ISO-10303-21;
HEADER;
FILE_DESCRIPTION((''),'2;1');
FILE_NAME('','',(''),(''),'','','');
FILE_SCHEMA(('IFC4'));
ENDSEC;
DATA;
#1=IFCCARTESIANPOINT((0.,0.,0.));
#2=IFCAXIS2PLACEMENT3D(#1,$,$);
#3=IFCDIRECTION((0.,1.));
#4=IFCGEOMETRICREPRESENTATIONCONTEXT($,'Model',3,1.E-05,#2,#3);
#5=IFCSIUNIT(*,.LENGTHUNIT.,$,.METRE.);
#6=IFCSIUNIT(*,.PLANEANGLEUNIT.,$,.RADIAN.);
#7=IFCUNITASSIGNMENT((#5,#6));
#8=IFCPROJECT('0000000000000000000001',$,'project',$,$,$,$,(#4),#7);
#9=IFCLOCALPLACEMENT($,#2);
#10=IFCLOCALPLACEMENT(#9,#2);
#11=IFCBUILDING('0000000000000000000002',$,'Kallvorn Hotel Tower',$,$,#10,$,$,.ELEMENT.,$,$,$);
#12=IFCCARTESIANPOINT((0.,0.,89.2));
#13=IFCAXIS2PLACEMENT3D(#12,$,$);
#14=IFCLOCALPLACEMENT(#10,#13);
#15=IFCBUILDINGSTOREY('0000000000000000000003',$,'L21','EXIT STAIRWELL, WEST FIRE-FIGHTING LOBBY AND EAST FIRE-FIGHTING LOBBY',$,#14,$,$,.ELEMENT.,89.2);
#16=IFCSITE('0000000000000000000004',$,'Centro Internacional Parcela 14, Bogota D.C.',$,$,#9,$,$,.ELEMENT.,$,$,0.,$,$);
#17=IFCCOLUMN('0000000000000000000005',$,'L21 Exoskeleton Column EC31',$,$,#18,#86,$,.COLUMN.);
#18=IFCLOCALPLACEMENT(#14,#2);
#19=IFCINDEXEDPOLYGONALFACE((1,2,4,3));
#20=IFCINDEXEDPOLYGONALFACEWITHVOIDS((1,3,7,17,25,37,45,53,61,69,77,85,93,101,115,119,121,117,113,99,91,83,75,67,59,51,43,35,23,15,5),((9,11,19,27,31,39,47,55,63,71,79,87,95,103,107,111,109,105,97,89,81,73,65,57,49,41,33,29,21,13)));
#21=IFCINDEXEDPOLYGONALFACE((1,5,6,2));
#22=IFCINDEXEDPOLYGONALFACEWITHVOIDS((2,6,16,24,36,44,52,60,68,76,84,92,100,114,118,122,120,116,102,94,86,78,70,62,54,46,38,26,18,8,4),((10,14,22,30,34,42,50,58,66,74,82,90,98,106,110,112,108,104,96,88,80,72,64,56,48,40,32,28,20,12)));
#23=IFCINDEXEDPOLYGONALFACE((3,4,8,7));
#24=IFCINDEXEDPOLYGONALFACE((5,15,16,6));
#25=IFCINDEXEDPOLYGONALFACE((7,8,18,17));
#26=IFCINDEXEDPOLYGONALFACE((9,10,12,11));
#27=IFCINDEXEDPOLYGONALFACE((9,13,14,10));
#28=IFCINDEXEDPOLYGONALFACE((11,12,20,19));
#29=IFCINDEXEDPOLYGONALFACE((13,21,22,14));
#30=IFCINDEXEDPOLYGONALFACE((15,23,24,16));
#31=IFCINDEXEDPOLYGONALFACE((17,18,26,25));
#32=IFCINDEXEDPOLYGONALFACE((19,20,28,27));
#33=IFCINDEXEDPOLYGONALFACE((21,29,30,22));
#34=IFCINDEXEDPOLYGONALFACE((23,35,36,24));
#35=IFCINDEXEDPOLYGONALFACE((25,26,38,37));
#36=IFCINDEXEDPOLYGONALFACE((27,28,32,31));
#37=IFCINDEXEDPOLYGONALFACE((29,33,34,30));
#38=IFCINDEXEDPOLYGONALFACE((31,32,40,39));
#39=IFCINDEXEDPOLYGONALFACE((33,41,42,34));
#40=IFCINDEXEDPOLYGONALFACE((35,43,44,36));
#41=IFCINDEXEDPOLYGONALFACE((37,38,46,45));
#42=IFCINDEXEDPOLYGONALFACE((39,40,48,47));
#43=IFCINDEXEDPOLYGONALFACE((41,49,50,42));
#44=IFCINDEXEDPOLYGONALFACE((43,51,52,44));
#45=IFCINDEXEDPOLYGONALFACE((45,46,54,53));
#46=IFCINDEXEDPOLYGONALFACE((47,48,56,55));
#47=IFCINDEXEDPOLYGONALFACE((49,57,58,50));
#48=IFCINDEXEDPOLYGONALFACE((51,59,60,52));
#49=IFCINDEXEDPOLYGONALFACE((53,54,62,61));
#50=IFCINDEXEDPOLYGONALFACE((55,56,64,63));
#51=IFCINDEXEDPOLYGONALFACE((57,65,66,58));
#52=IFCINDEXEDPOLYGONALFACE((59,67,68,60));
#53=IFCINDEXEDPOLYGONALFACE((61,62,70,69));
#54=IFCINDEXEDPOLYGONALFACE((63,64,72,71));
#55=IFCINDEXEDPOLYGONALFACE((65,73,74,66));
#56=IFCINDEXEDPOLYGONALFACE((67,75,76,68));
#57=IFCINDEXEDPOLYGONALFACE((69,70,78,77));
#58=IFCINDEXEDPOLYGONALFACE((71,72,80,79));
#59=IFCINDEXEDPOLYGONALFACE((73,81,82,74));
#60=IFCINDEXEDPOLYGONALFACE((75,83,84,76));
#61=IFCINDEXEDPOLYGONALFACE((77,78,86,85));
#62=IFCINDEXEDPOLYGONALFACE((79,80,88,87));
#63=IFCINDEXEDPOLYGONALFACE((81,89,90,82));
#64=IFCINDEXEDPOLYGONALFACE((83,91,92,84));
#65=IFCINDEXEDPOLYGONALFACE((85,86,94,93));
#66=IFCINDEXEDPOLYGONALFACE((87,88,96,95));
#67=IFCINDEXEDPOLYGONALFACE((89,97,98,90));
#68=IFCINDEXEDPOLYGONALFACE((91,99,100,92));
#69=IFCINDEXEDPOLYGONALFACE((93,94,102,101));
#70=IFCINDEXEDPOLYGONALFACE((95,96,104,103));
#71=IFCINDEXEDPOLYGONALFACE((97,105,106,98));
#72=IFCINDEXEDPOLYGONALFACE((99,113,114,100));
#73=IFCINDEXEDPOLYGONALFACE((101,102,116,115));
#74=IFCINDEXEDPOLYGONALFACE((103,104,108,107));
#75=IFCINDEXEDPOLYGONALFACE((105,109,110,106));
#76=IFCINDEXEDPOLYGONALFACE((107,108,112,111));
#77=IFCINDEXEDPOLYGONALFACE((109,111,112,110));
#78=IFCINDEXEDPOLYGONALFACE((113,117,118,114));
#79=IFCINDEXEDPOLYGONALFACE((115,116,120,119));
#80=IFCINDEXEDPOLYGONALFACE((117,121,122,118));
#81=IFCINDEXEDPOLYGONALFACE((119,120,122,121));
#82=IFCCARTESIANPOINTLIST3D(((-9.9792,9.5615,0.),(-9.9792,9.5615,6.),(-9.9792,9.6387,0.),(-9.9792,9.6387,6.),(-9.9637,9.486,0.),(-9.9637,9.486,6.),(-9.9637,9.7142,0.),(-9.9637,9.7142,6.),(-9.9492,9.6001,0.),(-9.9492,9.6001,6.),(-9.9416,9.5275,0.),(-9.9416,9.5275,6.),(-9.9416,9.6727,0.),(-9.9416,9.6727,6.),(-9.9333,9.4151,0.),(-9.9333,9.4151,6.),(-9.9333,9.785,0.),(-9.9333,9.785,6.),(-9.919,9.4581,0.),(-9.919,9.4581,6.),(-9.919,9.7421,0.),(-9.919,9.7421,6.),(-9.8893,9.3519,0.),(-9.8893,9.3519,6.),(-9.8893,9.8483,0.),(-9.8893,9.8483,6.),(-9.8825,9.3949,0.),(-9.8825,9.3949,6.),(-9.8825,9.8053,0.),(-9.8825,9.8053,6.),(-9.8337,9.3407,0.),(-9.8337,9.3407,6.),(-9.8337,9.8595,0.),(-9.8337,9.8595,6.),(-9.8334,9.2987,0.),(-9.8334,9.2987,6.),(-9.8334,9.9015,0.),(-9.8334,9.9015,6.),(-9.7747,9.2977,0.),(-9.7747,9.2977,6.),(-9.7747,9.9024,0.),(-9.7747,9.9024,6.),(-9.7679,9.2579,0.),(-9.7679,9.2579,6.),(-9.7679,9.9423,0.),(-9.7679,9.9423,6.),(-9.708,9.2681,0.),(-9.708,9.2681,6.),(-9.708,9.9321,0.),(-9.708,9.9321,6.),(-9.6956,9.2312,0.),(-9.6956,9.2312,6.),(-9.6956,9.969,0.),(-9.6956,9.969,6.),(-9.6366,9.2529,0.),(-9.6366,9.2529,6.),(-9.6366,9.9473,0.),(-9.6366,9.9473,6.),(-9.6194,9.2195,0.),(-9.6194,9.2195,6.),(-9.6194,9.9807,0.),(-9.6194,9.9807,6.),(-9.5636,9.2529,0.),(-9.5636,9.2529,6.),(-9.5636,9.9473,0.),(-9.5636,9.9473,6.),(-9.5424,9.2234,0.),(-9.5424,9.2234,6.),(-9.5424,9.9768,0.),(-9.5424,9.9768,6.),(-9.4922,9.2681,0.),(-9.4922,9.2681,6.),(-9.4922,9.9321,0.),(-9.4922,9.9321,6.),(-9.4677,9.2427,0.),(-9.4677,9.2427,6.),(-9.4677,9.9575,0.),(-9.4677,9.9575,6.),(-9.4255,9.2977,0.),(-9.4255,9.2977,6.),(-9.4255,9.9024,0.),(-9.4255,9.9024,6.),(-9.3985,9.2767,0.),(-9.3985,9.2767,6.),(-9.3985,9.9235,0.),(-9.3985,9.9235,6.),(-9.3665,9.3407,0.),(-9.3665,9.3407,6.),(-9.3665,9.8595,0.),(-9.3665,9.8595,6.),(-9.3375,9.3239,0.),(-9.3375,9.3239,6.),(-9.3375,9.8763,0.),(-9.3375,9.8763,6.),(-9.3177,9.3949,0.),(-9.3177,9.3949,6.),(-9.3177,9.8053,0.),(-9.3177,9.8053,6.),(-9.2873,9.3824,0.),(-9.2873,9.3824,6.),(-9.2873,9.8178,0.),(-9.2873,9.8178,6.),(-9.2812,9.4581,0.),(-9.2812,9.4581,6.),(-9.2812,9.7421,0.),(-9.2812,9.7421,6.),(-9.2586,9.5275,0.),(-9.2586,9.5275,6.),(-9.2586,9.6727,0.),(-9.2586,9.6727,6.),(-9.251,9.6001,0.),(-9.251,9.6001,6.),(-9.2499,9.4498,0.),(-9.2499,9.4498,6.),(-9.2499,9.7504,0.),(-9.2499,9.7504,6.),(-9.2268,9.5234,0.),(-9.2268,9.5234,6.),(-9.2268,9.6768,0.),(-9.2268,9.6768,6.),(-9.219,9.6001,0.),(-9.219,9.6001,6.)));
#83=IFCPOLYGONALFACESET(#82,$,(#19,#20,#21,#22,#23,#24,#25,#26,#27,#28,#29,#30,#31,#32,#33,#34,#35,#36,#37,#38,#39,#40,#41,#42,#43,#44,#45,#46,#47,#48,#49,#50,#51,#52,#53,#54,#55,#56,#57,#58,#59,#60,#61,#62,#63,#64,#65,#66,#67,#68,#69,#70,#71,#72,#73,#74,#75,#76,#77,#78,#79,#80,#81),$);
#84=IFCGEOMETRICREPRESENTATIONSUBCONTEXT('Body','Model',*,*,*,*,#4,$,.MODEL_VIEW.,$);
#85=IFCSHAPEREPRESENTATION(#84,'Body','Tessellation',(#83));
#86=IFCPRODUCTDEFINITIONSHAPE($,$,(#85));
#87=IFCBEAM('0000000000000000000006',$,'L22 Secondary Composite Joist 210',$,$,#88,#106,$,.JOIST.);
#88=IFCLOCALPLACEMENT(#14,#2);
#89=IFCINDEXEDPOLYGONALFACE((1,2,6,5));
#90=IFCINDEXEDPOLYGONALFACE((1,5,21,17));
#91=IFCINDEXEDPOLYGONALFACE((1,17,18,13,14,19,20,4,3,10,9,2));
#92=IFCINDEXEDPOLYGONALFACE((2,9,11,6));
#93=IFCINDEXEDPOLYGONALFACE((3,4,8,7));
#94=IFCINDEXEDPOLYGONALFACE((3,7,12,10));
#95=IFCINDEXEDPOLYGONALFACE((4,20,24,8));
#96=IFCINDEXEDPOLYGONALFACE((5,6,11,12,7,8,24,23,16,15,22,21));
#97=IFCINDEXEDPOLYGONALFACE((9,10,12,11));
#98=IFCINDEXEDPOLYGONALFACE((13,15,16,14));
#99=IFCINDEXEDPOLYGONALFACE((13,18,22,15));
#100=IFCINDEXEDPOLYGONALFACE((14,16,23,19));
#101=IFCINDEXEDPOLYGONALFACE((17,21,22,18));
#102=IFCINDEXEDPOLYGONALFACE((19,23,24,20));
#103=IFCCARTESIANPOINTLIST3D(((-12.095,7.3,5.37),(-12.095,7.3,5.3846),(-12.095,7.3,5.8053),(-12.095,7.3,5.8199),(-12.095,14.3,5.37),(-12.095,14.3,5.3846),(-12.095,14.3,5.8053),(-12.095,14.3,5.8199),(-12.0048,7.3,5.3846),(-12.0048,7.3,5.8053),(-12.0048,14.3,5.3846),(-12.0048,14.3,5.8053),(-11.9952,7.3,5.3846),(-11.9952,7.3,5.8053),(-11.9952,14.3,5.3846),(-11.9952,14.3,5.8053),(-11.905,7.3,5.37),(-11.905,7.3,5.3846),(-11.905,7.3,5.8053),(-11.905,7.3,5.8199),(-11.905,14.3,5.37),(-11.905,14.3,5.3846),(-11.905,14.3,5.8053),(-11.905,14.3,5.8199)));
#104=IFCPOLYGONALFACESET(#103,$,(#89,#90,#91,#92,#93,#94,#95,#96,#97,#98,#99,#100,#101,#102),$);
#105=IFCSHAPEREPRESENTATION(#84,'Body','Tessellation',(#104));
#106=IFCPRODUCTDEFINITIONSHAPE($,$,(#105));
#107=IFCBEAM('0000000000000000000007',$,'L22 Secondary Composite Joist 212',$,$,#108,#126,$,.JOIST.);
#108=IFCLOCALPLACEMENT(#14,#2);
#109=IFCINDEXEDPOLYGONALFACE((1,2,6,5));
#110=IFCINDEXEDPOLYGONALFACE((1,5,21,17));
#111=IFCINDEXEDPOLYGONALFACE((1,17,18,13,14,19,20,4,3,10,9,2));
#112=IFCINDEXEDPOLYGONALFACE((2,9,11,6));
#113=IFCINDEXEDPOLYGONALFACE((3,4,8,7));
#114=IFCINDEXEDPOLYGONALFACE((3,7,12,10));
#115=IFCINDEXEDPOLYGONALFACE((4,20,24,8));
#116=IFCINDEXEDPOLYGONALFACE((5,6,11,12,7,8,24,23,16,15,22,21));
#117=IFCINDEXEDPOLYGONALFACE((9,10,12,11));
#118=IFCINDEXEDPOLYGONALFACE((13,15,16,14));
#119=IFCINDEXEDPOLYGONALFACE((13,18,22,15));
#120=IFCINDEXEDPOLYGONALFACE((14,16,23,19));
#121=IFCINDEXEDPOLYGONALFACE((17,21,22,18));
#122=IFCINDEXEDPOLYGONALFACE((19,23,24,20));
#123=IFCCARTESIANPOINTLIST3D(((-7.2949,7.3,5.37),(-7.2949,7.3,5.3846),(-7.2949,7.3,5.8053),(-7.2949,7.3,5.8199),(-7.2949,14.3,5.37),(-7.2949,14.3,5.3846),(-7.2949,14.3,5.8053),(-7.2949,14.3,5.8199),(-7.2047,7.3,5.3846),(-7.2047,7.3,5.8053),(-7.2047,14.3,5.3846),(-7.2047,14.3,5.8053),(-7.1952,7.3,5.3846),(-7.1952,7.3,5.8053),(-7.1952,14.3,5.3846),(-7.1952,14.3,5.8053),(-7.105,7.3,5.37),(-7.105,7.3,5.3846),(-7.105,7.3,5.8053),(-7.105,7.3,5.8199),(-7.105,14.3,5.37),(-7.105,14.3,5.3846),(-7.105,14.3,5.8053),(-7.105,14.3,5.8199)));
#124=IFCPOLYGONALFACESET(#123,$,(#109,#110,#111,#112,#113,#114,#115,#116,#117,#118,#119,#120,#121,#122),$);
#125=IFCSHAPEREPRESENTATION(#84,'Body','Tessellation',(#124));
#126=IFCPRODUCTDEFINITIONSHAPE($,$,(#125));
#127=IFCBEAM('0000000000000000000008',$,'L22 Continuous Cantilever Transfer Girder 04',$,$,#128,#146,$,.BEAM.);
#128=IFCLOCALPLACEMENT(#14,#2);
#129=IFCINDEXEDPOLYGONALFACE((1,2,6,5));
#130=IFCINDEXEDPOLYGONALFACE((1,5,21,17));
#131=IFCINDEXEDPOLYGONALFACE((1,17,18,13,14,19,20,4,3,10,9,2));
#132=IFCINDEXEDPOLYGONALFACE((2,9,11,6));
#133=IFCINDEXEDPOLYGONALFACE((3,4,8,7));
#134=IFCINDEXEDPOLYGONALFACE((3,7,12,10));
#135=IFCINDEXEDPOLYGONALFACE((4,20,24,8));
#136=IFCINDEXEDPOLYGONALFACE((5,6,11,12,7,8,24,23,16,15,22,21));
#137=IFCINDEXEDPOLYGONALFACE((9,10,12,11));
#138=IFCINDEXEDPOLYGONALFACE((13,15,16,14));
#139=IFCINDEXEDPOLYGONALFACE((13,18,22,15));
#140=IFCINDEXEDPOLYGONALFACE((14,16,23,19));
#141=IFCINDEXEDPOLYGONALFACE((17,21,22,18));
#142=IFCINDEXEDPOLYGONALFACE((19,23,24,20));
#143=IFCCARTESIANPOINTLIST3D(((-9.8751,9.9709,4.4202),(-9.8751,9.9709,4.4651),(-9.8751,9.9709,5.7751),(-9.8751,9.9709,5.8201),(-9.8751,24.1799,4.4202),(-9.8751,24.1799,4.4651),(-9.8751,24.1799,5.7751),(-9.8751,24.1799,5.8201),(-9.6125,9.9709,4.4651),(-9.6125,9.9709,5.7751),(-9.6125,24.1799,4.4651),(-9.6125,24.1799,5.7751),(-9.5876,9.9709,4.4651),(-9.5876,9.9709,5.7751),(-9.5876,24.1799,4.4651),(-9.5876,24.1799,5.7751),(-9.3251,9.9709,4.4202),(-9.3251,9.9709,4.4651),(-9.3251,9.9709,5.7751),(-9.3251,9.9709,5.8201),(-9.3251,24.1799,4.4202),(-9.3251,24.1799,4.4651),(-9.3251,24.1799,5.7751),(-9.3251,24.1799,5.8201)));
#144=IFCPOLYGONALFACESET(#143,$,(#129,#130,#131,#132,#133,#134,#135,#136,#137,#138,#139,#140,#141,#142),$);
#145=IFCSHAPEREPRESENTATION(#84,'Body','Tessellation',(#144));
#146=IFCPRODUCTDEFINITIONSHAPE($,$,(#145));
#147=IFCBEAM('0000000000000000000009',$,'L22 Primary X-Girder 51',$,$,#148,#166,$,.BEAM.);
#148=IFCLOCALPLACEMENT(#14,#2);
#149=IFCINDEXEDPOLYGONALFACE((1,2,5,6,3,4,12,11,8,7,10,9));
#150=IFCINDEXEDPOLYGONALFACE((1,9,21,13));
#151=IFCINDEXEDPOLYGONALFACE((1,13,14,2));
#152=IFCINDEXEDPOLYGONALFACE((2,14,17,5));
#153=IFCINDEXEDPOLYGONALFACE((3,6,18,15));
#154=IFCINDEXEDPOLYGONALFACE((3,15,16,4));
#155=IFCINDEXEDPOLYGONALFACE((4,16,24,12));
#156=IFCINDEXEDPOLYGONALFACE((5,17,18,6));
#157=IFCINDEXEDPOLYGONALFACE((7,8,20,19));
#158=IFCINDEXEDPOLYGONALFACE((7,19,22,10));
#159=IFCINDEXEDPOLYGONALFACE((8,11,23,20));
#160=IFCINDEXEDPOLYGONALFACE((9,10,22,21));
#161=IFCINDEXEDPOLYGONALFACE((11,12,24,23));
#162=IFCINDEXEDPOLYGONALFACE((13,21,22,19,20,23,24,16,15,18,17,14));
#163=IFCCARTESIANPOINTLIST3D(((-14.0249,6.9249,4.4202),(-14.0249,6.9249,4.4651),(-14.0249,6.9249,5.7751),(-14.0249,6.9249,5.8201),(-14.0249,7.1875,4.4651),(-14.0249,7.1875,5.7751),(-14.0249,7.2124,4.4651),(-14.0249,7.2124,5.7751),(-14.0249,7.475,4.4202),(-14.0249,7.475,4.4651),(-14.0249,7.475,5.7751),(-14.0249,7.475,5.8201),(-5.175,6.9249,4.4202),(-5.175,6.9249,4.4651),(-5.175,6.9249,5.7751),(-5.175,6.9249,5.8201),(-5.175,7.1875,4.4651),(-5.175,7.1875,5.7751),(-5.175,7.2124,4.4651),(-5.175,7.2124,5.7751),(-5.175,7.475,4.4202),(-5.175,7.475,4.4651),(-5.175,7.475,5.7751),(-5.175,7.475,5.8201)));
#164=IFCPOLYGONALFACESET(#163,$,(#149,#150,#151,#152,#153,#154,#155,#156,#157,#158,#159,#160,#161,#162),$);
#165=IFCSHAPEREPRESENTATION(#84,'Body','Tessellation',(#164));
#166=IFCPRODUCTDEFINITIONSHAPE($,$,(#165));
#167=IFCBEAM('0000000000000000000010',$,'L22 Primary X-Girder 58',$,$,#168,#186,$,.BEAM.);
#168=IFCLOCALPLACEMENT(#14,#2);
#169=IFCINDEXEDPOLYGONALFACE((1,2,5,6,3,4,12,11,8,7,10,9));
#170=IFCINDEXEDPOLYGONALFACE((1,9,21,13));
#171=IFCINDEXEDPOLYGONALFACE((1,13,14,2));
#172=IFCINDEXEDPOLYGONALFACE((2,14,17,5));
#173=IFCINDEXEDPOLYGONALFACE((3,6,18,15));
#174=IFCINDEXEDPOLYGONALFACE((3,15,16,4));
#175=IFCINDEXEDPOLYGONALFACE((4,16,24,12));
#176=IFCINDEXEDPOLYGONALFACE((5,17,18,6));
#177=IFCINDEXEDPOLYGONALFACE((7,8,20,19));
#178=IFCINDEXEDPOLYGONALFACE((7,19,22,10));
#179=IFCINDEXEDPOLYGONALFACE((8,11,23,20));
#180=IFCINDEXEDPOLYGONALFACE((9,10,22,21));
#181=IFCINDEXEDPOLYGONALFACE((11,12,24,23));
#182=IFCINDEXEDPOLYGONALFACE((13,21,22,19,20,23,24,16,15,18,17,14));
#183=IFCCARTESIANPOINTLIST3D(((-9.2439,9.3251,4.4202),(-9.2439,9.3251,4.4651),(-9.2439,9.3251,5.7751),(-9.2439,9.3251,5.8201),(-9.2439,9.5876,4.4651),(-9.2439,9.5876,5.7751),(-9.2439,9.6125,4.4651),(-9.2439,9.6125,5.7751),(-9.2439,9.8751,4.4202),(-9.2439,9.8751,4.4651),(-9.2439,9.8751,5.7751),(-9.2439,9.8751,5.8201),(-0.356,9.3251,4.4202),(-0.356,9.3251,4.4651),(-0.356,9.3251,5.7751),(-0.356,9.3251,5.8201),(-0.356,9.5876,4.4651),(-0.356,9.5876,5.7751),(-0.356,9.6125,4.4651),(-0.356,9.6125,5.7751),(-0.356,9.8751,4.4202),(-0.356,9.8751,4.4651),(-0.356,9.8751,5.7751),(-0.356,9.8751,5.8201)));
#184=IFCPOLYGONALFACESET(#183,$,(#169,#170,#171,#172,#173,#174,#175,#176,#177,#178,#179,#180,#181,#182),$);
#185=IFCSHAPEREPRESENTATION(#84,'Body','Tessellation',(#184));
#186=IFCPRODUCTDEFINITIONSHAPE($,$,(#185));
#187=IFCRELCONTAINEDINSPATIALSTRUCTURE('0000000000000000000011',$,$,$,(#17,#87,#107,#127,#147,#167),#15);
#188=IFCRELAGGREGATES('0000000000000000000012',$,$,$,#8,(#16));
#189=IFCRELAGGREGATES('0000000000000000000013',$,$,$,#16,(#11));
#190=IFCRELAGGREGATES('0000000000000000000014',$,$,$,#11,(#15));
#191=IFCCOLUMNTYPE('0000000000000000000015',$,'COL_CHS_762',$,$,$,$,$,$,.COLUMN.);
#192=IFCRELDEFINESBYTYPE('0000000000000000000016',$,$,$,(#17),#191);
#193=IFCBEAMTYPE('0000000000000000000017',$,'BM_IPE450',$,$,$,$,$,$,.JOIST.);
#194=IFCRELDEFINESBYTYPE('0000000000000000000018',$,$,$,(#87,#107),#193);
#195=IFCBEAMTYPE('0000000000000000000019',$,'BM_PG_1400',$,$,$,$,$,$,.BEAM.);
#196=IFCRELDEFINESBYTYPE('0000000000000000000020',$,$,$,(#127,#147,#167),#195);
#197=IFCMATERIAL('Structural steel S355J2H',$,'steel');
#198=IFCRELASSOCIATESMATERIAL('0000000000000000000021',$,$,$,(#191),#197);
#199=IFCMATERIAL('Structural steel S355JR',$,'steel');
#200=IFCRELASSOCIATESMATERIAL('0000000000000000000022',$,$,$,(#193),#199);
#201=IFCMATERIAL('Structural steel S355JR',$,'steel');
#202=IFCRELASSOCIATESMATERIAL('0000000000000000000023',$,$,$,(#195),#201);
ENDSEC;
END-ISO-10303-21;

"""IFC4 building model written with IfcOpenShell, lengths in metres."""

from ifc_helpers import new_model, si_unit, direction, frame, origin, origin_2d, place, context, subcontext, project, spatial, hollow_circle, i_section, extrude, material, material_profile, profile_set, type_object, element, save


model = new_model("IFC4")

# Units and contexts
model_context = context("Model", 3, precision=1e-05, world=origin(), true_north=direction((0.0, 1.0)))
body_context = subcontext(model_context, "Body", "Model", "MODEL_VIEW")
ifc_project = project(units=[si_unit("LENGTHUNIT", "METRE"), si_unit("PLANEANGLEUNIT", "RADIAN")], contexts=[model_context])

# Site, building, storey
site_placement = place(None, origin())
site = spatial("IfcSite", under=ifc_project, at=site_placement, Name="Centro Internacional Parcela 14, Bogota D.C.", CompositionType="ELEMENT", RefElevation=0.0)
building_placement = place(site_placement, origin())
building = spatial("IfcBuilding", under=site, at=building_placement, Name="Kallvorn Hotel Tower", CompositionType="ELEMENT")
storey_placement = place(building_placement, frame((0.0, 0.0, 89.2)))
storey = spatial("IfcBuildingStorey", under=building, at=storey_placement, Name="L21", Description="EXIT STAIRWELL, WEST FIRE-FIGHTING LOBBY AND EAST FIRE-FIGHTING LOBBY", CompositionType="ELEMENT", Elevation=89.2)

# Column
ifc_material_1 = material(Name="Structural steel S355J2H", Category="steel")
ifc_material_profile_1 = material_profile(ifc_material_1, hollow_circle(Radius=0.3811, WallThickness=0.032, at=origin_2d()), Name="CHS 762x32")
ifc_profile_set_1 = profile_set([ifc_material_profile_1], Name="Structural steel S355J2H")
column_type = type_object("IfcColumnType", Name="COL_CHS_762", PredefinedType="COLUMN", material=ifc_profile_set_1)
column_placement = place(storey_placement, frame((-9.6001, 9.6001, 0.0), z_axis=(0.0, 0.0, 1.0), x_axis=(1.0, 0.0, 0.0)))
element("IfcColumn", 1, at=column_placement, inside=storey, type_object=column_type, Name="L21 Exoskeleton Column EC31", PredefinedType="COLUMN", context=body_context, shape_type="SweptSolid", body=[
    extrude(hollow_circle(Radius=0.3811, WallThickness=0.032, at=origin_2d()), origin(), (0.0, 0.0, 1.0), 6.0),
])

# Beams
ifc_material_2 = material(Name="Structural steel S355JR", Category="steel")
ifc_material_profile_2 = material_profile(ifc_material_2, i_section(OverallWidth=0.1899, OverallDepth=0.45, WebThickness=0.0095, FlangeThickness=0.0146, at=origin_2d()), Name="IPE 450")
ifc_profile_set_2 = profile_set([ifc_material_profile_2], Name="Structural steel S355JR")
beam_type_1 = type_object("IfcBeamType", Name="BM_IPE450", PredefinedType="JOIST", material=ifc_profile_set_2)
for number, where, z_axis, x_axis, name in (
    (2, (-12.0, 7.3, 5.595), (0.0, 1.0, 0.0), (-1.0, 0.0, 0.0), "L22 Secondary Composite Joist 210"),
    (3, (-7.2, 7.3, 5.595), (0.0, 1.0, 0.0), (-1.0, 0.0, 0.0), "L22 Secondary Composite Joist 212"),
):
    element("IfcBeam", number, at=place(storey_placement, frame(where, z_axis=z_axis, x_axis=x_axis)), inside=storey, type_object=beam_type_1, Name=name, PredefinedType="JOIST", context=body_context, shape_type="SweptSolid", body=[
        extrude(i_section(OverallWidth=0.1899, OverallDepth=0.45, WebThickness=0.0095, FlangeThickness=0.0146, at=origin_2d()), origin(), (0.0, 0.0, 1.0), 7.0),
    ])
ifc_material_3 = material(Name="Structural steel S355JR", Category="steel")
ifc_material_profile_3 = material_profile(ifc_material_3, i_section(OverallWidth=0.55, OverallDepth=1.3999, WebThickness=0.0249, FlangeThickness=0.0449, at=origin_2d()), Name="PG 1400x550x25x45")
ifc_profile_set_3 = profile_set([ifc_material_profile_3], Name="Structural steel S355JR")
beam_type_2 = type_object("IfcBeamType", Name="BM_PG_1400", PredefinedType="BEAM", material=ifc_profile_set_3)
beam_1_placement = place(storey_placement, frame((-9.6001, 9.9709, 5.1201), z_axis=(0.0, 1.0, 0.0), x_axis=(-1.0, 0.0, 0.0)))
element("IfcBeam", 4, at=beam_1_placement, inside=storey, type_object=beam_type_2, Name="L22 Continuous Cantilever Transfer Girder 04", PredefinedType="BEAM", context=body_context, shape_type="SweptSolid", body=[
    extrude(i_section(OverallWidth=0.55, OverallDepth=1.3999, WebThickness=0.0249, FlangeThickness=0.0449, at=origin_2d()), origin(), (0.0, 0.0, 1.0), 14.209),
])
beam_2_placement = place(storey_placement, frame((-14.0249, 7.2, 5.1201), z_axis=(1.0, 0.0, 0.0), x_axis=(0.0, 1.0, 0.0)))
element("IfcBeam", 5, at=beam_2_placement, inside=storey, type_object=beam_type_2, Name="L22 Primary X-Girder 51", PredefinedType="BEAM", context=body_context, shape_type="SweptSolid", body=[
    extrude(i_section(OverallWidth=0.55, OverallDepth=1.3999, WebThickness=0.0249, FlangeThickness=0.0449, at=origin_2d()), origin(), (0.0, 0.0, 1.0), 8.8499),
])
beam_3_placement = place(storey_placement, frame((-9.2439, 9.6001, 5.1201), z_axis=(1.0, 0.0, 0.0), x_axis=(0.0, 1.0, 0.0)))
element("IfcBeam", 6, at=beam_3_placement, inside=storey, type_object=beam_type_2, Name="L22 Primary X-Girder 58", PredefinedType="BEAM", context=body_context, shape_type="SweptSolid", body=[
    extrude(i_section(OverallWidth=0.55, OverallDepth=1.3999, WebThickness=0.0249, FlangeThickness=0.0449, at=origin_2d()), origin(), (0.0, 0.0, 1.0), 8.8879),
])

save(model, "model.ifc")
